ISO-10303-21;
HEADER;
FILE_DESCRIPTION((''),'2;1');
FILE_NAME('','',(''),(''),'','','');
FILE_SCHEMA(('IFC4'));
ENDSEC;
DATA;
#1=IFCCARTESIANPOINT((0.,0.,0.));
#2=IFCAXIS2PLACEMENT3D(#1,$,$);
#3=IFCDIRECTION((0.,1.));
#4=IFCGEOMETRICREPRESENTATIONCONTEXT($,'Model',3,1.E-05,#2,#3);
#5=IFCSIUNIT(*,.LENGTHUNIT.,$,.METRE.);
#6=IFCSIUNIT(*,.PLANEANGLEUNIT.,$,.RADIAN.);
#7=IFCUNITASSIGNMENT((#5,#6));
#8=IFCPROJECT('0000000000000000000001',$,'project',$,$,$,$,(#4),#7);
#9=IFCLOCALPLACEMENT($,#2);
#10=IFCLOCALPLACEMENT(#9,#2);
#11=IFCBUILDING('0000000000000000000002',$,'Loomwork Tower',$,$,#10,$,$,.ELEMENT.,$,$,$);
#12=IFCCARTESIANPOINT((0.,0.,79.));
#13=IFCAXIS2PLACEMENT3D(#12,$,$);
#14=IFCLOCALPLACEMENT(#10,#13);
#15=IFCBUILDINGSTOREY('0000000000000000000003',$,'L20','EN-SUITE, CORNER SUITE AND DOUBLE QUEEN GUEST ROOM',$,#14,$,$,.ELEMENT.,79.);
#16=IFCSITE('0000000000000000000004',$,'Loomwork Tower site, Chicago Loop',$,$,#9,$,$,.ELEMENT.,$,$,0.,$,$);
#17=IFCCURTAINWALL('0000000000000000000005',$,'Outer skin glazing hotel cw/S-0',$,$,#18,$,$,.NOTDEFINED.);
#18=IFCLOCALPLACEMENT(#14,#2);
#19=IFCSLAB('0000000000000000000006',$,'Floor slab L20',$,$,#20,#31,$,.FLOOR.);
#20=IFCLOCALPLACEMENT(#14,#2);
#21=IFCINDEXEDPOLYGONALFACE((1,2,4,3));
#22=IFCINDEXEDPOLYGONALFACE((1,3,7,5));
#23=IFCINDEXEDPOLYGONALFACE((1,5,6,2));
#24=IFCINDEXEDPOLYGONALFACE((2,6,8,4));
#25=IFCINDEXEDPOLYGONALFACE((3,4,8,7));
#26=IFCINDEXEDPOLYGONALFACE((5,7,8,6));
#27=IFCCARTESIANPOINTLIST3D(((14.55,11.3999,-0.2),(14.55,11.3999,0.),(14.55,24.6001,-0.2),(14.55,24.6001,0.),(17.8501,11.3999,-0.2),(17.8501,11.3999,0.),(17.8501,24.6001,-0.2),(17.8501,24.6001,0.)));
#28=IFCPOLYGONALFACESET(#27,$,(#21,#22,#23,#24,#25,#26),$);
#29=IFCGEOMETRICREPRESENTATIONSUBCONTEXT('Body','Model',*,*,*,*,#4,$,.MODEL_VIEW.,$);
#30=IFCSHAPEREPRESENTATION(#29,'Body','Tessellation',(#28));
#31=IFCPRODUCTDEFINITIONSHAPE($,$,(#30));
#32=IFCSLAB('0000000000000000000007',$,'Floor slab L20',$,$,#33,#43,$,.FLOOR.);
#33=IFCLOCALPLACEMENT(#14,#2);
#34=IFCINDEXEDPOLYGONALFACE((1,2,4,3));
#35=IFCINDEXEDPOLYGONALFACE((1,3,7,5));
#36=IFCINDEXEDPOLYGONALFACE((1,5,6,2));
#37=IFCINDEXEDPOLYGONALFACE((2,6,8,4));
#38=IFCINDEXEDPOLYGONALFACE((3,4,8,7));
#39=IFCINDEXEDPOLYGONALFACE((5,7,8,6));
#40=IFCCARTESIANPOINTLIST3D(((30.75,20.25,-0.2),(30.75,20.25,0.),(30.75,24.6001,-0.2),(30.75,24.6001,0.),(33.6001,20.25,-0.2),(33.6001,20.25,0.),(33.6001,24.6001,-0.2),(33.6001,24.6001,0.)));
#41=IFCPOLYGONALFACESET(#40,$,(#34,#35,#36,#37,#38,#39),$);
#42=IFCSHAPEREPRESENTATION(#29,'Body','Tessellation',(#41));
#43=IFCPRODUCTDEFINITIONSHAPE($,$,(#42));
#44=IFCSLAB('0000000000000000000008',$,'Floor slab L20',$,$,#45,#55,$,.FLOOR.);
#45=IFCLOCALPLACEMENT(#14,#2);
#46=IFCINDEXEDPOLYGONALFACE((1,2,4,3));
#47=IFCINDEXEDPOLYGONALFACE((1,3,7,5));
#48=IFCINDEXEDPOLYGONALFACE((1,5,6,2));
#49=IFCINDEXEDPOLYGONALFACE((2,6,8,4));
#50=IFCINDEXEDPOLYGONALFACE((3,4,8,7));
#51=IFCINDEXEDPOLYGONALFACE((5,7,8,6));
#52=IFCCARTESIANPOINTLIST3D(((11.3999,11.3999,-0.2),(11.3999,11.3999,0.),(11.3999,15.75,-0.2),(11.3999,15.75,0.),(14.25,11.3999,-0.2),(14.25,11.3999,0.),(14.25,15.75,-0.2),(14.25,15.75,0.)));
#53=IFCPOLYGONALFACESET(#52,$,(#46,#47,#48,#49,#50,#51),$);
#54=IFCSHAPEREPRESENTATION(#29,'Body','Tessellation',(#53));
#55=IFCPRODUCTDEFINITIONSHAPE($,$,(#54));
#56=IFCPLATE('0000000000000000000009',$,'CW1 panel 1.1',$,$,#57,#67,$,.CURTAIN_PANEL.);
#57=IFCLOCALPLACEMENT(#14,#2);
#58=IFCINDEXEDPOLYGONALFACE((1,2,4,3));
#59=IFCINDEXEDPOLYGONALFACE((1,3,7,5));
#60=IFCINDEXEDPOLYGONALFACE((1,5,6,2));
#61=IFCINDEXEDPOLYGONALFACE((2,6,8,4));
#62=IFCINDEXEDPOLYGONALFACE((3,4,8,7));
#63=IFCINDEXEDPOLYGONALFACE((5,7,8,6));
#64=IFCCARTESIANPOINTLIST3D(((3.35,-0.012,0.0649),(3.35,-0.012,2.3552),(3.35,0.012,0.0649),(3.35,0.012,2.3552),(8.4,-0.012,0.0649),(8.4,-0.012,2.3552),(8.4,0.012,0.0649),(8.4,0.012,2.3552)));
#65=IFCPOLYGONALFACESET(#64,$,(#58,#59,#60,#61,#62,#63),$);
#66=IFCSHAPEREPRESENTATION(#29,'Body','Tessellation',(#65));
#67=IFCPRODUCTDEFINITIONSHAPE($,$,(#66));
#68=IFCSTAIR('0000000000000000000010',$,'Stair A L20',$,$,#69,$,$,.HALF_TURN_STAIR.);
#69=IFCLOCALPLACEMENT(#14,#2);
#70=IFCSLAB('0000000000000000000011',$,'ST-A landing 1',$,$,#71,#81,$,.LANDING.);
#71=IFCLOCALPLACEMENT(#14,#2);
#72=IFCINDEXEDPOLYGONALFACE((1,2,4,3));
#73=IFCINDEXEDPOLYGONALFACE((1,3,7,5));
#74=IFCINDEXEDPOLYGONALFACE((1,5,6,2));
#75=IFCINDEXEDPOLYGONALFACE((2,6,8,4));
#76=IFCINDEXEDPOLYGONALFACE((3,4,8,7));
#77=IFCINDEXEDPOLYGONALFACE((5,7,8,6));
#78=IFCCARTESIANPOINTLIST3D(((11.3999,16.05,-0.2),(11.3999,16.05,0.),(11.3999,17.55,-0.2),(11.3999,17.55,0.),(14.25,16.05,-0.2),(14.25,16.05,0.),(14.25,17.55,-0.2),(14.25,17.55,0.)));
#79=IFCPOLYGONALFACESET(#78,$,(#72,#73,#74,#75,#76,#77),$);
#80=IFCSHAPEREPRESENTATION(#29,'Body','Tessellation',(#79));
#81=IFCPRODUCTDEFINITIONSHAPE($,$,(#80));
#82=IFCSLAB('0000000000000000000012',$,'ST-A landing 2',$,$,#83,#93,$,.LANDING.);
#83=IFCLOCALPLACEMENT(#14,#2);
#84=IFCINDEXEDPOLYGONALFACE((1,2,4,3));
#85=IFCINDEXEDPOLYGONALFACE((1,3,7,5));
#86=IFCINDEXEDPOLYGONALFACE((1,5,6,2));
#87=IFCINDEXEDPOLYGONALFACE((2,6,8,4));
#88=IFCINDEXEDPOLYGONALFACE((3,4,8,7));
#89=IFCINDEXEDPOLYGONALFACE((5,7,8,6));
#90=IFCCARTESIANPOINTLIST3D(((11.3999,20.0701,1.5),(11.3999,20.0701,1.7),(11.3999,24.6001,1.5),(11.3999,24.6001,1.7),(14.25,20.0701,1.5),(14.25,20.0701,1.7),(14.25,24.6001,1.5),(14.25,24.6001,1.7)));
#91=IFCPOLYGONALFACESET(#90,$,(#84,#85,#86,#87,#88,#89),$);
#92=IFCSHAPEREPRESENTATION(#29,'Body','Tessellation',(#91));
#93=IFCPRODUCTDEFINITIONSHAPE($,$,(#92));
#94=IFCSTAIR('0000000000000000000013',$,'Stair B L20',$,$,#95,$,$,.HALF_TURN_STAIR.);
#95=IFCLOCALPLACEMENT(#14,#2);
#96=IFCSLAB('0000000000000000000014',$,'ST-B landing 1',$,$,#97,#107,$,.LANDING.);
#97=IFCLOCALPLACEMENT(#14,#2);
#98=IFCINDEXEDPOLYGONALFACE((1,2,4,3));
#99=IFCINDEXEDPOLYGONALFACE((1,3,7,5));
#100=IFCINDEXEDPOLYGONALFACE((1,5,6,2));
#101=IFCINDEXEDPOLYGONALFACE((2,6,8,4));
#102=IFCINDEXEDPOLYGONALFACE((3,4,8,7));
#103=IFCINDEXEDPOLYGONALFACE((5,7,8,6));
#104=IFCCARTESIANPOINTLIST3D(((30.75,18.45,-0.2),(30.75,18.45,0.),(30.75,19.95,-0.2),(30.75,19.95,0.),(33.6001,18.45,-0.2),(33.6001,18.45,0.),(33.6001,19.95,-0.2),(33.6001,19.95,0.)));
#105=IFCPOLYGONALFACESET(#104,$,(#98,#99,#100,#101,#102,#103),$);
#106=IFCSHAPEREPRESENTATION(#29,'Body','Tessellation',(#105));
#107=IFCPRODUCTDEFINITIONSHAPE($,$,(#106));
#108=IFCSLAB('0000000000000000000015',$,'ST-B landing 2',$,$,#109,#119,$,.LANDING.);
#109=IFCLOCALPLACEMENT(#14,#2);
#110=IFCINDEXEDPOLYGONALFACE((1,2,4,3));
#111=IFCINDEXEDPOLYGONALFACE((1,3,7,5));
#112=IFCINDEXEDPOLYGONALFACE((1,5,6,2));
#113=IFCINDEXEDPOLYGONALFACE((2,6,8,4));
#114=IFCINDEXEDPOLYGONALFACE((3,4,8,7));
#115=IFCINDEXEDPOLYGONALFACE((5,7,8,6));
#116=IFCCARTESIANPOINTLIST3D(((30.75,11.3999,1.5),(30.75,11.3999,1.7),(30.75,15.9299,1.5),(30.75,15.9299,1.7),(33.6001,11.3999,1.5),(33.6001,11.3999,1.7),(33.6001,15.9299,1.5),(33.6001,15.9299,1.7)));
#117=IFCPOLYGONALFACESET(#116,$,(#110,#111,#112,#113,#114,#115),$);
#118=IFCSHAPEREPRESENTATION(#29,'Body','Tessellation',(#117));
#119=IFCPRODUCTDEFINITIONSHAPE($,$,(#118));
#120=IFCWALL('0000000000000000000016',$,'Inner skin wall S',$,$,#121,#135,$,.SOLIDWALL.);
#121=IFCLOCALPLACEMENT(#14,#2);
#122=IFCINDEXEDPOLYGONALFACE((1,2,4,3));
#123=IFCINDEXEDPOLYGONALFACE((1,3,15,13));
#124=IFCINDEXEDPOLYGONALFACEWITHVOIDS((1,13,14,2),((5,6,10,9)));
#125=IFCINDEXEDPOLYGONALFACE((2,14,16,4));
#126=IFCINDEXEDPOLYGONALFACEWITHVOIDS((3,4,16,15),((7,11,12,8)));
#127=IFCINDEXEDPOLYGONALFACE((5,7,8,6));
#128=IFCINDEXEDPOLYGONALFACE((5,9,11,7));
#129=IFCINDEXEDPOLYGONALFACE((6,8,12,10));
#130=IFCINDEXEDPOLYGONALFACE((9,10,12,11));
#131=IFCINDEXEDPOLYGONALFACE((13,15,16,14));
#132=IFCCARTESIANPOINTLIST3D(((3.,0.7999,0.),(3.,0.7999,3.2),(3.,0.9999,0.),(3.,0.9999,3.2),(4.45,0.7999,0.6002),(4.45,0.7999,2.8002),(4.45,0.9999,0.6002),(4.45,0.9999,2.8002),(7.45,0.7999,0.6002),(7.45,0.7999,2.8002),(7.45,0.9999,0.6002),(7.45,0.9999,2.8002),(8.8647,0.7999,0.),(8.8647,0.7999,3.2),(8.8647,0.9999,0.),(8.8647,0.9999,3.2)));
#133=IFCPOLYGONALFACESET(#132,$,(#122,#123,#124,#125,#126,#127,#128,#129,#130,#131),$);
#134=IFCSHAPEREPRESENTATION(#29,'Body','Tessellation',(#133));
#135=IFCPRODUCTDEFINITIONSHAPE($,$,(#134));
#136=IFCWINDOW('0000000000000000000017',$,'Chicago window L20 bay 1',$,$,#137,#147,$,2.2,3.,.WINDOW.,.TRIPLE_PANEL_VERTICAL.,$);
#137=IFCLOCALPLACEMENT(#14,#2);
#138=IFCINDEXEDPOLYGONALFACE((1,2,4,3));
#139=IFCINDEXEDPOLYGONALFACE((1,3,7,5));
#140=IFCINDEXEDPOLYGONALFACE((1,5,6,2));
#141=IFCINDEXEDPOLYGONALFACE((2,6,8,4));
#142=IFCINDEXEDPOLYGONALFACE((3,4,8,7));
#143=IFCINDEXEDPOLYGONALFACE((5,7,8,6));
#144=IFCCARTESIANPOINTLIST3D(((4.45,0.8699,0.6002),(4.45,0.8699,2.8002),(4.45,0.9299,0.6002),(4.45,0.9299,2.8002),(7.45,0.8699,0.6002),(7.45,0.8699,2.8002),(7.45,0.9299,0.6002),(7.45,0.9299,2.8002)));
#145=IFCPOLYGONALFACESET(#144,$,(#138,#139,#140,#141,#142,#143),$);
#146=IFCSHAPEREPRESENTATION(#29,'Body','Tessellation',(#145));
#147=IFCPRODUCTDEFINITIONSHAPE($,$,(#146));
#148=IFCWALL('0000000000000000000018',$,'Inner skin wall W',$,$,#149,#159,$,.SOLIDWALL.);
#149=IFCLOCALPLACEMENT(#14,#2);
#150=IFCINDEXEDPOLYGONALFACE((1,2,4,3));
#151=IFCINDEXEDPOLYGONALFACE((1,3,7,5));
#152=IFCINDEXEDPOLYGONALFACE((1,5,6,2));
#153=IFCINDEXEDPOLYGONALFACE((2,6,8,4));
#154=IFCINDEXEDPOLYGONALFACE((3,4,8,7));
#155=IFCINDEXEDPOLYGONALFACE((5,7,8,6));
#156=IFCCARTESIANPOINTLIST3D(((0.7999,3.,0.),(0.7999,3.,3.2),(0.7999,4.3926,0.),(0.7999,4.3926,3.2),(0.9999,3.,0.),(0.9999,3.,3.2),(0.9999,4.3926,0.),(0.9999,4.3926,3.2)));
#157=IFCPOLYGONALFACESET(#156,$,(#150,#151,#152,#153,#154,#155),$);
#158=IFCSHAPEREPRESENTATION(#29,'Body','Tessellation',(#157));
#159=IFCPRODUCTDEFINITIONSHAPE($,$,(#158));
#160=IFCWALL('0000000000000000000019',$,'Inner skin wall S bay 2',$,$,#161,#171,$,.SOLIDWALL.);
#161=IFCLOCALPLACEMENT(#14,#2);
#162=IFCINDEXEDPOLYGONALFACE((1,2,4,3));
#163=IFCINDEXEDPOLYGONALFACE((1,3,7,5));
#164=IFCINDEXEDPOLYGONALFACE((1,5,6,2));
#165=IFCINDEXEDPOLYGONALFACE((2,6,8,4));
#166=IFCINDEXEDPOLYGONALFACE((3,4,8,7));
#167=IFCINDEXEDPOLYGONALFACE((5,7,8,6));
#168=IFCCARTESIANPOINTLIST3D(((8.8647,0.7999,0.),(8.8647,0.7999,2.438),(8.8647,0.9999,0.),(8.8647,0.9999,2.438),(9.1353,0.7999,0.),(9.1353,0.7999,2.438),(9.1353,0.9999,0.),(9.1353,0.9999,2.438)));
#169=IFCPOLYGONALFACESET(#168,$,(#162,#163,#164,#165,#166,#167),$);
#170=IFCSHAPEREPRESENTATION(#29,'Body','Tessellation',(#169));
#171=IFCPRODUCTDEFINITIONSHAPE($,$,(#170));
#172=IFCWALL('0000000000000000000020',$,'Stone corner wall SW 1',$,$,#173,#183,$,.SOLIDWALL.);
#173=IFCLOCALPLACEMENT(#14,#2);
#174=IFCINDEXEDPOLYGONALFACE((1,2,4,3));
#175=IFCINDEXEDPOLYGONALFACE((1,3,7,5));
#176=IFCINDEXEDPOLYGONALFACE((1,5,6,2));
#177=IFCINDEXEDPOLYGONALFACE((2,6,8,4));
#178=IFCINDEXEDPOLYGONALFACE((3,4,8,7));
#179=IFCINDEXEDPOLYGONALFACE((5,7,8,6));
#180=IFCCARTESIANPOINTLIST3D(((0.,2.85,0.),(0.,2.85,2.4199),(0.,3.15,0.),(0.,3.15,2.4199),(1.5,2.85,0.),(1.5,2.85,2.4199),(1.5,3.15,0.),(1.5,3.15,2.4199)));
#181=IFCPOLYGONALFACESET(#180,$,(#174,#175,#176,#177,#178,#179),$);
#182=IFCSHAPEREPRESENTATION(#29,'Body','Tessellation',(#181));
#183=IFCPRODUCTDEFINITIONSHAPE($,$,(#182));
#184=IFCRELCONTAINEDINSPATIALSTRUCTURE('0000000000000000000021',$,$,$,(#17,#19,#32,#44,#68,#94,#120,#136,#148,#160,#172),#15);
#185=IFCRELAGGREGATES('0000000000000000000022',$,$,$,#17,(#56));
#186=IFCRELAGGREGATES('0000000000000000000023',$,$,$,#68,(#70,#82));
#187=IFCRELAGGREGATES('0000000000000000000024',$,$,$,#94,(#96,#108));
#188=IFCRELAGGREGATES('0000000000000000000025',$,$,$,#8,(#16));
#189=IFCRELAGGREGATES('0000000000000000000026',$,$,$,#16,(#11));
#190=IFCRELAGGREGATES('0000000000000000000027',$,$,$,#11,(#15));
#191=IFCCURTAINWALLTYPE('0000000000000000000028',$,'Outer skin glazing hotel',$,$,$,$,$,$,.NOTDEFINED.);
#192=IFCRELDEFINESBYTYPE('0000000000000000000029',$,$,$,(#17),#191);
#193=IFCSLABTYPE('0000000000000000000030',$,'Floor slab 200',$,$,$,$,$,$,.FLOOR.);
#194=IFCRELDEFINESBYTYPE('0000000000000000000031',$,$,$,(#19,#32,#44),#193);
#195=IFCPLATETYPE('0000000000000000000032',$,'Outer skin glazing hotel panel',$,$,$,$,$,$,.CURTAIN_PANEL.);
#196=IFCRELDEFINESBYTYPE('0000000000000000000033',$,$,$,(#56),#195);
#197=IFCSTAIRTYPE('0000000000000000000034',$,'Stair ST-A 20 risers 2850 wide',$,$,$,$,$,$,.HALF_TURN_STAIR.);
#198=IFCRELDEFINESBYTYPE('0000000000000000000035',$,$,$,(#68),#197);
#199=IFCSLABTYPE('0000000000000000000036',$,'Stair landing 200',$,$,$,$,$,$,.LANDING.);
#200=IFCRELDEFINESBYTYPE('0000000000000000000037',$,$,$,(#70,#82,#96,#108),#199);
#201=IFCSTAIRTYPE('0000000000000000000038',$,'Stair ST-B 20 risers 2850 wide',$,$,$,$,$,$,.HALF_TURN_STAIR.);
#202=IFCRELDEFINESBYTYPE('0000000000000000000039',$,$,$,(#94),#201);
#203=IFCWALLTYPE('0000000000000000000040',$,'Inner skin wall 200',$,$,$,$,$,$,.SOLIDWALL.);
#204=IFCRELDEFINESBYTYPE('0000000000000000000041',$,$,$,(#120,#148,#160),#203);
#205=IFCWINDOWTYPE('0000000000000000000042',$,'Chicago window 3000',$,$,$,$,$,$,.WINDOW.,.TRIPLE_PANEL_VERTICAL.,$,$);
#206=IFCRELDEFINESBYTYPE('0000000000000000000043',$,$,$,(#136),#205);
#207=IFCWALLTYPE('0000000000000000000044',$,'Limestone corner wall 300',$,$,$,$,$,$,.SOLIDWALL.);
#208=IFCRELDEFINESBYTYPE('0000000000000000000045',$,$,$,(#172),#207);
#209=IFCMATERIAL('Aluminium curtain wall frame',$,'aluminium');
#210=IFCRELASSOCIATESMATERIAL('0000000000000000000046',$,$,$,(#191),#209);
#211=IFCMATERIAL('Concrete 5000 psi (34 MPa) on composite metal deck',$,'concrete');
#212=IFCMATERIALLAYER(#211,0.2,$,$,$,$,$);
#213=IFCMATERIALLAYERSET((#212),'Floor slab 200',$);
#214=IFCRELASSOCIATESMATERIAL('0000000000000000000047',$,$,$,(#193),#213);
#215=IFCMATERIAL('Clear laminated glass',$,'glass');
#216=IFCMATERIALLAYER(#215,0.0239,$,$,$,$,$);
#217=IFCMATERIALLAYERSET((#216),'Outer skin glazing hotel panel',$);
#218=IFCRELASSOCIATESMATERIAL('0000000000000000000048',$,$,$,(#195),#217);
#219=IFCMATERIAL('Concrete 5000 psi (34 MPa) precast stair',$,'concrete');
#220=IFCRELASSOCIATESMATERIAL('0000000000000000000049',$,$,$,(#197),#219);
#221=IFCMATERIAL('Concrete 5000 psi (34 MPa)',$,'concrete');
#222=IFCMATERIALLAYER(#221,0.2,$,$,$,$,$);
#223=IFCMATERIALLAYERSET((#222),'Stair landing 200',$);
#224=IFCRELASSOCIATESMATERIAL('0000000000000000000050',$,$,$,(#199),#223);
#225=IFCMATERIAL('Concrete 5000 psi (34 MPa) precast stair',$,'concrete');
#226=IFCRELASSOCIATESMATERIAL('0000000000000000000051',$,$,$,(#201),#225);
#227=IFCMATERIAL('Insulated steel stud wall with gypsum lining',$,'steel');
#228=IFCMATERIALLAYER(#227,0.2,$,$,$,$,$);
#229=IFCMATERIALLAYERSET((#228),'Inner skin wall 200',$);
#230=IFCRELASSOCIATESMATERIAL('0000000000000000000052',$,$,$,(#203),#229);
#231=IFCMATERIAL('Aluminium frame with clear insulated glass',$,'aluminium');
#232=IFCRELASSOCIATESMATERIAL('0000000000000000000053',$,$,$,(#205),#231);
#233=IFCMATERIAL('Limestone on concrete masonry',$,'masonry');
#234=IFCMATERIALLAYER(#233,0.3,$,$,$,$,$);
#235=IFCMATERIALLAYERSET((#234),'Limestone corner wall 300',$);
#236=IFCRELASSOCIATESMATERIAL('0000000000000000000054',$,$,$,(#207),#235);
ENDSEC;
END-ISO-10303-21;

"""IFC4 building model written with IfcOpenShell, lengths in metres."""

from ifc_helpers import new_model, si_unit, direction, frame, frame_2d, origin, origin_2d, place, context, subcontext, project, spatial, polyline, rectangle, outline, extrude, material, layer, layer_set, type_object, element, fill, aggregate, save


model = new_model("IFC4")

# Units and contexts
model_context = context("Model", 3, precision=1e-05, world=origin(), true_north=direction((0.0, 1.0)))
body_context = subcontext(model_context, "Body", "Model", "MODEL_VIEW")
ifc_project = project(units=[si_unit("LENGTHUNIT", "METRE"), si_unit("PLANEANGLEUNIT", "RADIAN")], contexts=[model_context])

# Site, building, storey
site_placement = place(None, origin())
site = spatial("IfcSite", under=ifc_project, at=site_placement, Name="Loomwork Tower site, Chicago Loop", CompositionType="ELEMENT", RefElevation=0.0)
building_placement = place(site_placement, origin())
building = spatial("IfcBuilding", under=site, at=building_placement, Name="Loomwork Tower", CompositionType="ELEMENT")
storey_placement = place(building_placement, frame((0.0, 0.0, 79.0)))
storey = spatial("IfcBuildingStorey", under=building, at=storey_placement, Name="L20", Description="EN-SUITE, CORNER SUITE AND DOUBLE QUEEN GUEST ROOM", CompositionType="ELEMENT", Elevation=79.0)

# Curtain wall
ifc_material_1 = material(Name="Aluminium curtain wall frame", Category="aluminium")
curtain_wall_type = type_object("IfcCurtainWallType", Name="Outer skin glazing hotel", PredefinedType="NOTDEFINED", material=ifc_material_1)
curtain_wall_1_placement = place(storey_placement, origin())
curtain_wall_1 = element("IfcCurtainWall", 1, at=curtain_wall_1_placement, inside=storey, type_object=curtain_wall_type, Name="Outer skin glazing hotel cw/S-0", PredefinedType="NOTDEFINED")

# Slabs
ifc_material_2 = material(Name="Concrete 5000 psi (34 MPa) on composite metal deck", Category="concrete")
ifc_layer_1 = layer(ifc_material_2, 0.2)
ifc_layer_set_1 = layer_set([ifc_layer_1], Name="Floor slab 200")
slab_type_1 = type_object("IfcSlabType", Name="Floor slab 200", PredefinedType="FLOOR", material=ifc_layer_set_1)
slab_1_placement = place(storey_placement, frame((0.0, 0.0, -0.2)))
element("IfcSlab", 2, at=slab_1_placement, inside=storey, type_object=slab_type_1, Name="Floor slab L20", PredefinedType="FLOOR", context=body_context, shape_type="SweptSolid", body=[
    extrude(outline(polyline([(14.55, 11.3999), (14.55, 24.6001), (17.8501, 24.6001), (17.8501, 11.3999), (14.55, 11.3999)])), origin(), (0.0, 0.0, 1.0), 0.2),
])
slab_2_placement = place(storey_placement, frame((0.0, 0.0, -0.2)))
element("IfcSlab", 3, at=slab_2_placement, inside=storey, type_object=slab_type_1, Name="Floor slab L20", PredefinedType="FLOOR", context=body_context, shape_type="SweptSolid", body=[
    extrude(outline(polyline([(33.6001, 20.25), (30.75, 20.25), (30.75, 24.6001), (33.6001, 24.6001), (33.6001, 20.25)])), origin(), (0.0, 0.0, 1.0), 0.2),
])
slab_3_placement = place(storey_placement, frame((0.0, 0.0, -0.2)))
element("IfcSlab", 4, at=slab_3_placement, inside=storey, type_object=slab_type_1, Name="Floor slab L20", PredefinedType="FLOOR", context=body_context, shape_type="SweptSolid", body=[
    extrude(outline(polyline([(14.25, 15.75), (14.25, 11.3999), (11.3999, 11.3999), (11.3999, 15.75), (14.25, 15.75)])), origin(), (0.0, 0.0, 1.0), 0.2),
])

# Plate
ifc_material_3 = material(Name="Clear laminated glass", Category="glass")
ifc_layer_2 = layer(ifc_material_3, 0.0239)
ifc_layer_set_2 = layer_set([ifc_layer_2], Name="Outer skin glazing hotel panel")
plate_type = type_object("IfcPlateType", Name="Outer skin glazing hotel panel", PredefinedType="CURTAIN_PANEL", material=ifc_layer_set_2)
plate_placement = place(storey_placement, frame((5.875, 0.0, 0.0649), z_axis=(0.0, 0.0, 1.0), x_axis=(1.0, 0.0, 0.0)))
plate = element("IfcPlate", 5, at=plate_placement, type_object=plate_type, Name="CW1 panel 1.1", PredefinedType="CURTAIN_PANEL", context=body_context, shape_type="SweptSolid", body=[
    extrude(rectangle(XDim=5.05, YDim=0.0239, at=origin_2d()), origin(), (0.0, 0.0, 1.0), 2.2903),
])
aggregate(curtain_wall_1, [plate])

# Stairs, slabs
ifc_material_4 = material(Name="Concrete 5000 psi (34 MPa) precast stair", Category="concrete")
stair_type_1 = type_object("IfcStairType", Name="Stair ST-A 20 risers 2850 wide", PredefinedType="HALF_TURN_STAIR", material=ifc_material_4)
stair_1_placement = place(storey_placement, origin())
stair_1 = element("IfcStair", 6, at=stair_1_placement, inside=storey, type_object=stair_type_1, Name="Stair A L20", PredefinedType="HALF_TURN_STAIR")
ifc_material_5 = material(Name="Concrete 5000 psi (34 MPa)", Category="concrete")
ifc_layer_3 = layer(ifc_material_5, 0.2)
ifc_layer_set_3 = layer_set([ifc_layer_3], Name="Stair landing 200")
slab_type_2 = type_object("IfcSlabType", Name="Stair landing 200", PredefinedType="LANDING", material=ifc_layer_set_3)
slab_4_placement = place(storey_placement, frame((0.0, 0.0, -0.2)))
slab_4 = element("IfcSlab", 7, at=slab_4_placement, type_object=slab_type_2, Name="ST-A landing 1", PredefinedType="LANDING", context=body_context, shape_type="SweptSolid", body=[
    extrude(outline(polyline([(11.3999, 16.05), (14.25, 16.05), (14.25, 17.55), (11.3999, 17.55), (11.3999, 16.05)])), origin(), (0.0, 0.0, 1.0), 0.2),
])
slab_5_placement = place(storey_placement, frame((0.0, 0.0, 1.5)))
slab_5 = element("IfcSlab", 8, at=slab_5_placement, type_object=slab_type_2, Name="ST-A landing 2", PredefinedType="LANDING", context=body_context, shape_type="SweptSolid", body=[
    extrude(outline(polyline([(11.3999, 20.0701), (14.25, 20.0701), (14.25, 24.6001), (11.3999, 24.6001), (11.3999, 20.0701)])), origin(), (0.0, 0.0, 1.0), 0.2),
])
aggregate(stair_1, [slab_4, slab_5])
ifc_material_6 = material(Name="Concrete 5000 psi (34 MPa) precast stair", Category="concrete")
stair_type_2 = type_object("IfcStairType", Name="Stair ST-B 20 risers 2850 wide", PredefinedType="HALF_TURN_STAIR", material=ifc_material_6)
stair_2_placement = place(storey_placement, origin())
stair_2 = element("IfcStair", 9, at=stair_2_placement, inside=storey, type_object=stair_type_2, Name="Stair B L20", PredefinedType="HALF_TURN_STAIR")
slab_6_placement = place(storey_placement, frame((0.0, 0.0, -0.2)))
slab_6 = element("IfcSlab", 10, at=slab_6_placement, type_object=slab_type_2, Name="ST-B landing 1", PredefinedType="LANDING", context=body_context, shape_type="SweptSolid", body=[
    extrude(outline(polyline([(30.75, 18.45), (33.6001, 18.45), (33.6001, 19.95), (30.75, 19.95), (30.75, 18.45)])), origin(), (0.0, 0.0, 1.0), 0.2),
])
slab_7_placement = place(storey_placement, frame((0.0, 0.0, 1.5)))
slab_7 = element("IfcSlab", 11, at=slab_7_placement, type_object=slab_type_2, Name="ST-B landing 2", PredefinedType="LANDING", context=body_context, shape_type="SweptSolid", body=[
    extrude(outline(polyline([(30.75, 11.3999), (33.6001, 11.3999), (33.6001, 15.9299), (30.75, 15.9299), (30.75, 11.3999)])), origin(), (0.0, 0.0, 1.0), 0.2),
])
aggregate(stair_2, [slab_6, slab_7])

# Wall, opening, window
ifc_material_7 = material(Name="Insulated steel stud wall with gypsum lining", Category="steel")
ifc_layer_4 = layer(ifc_material_7, 0.2)
ifc_layer_set_4 = layer_set([ifc_layer_4], Name="Inner skin wall 200")
wall_type_1 = type_object("IfcWallType", Name="Inner skin wall 200", PredefinedType="SOLIDWALL", material=ifc_layer_set_4)
wall_1_placement = place(storey_placement, frame((3.0, 0.8999, 0.0), z_axis=(0.0, 0.0, 1.0), x_axis=(1.0, 0.0, 0.0)))
wall_1 = element("IfcWall", 12, at=wall_1_placement, inside=storey, type_object=wall_type_1, Name="Inner skin wall S", PredefinedType="SOLIDWALL", context=body_context, shape_type="SweptSolid", body=[
    extrude(rectangle(XDim=5.8647, YDim=0.2, at=frame_2d((2.9324, 0.0))), origin(), (0.0, 0.0, 1.0), 3.2),
])
opening_1_placement = place(wall_1_placement, frame((1.45, 0.0, 0.6001)))
opening_1 = element("IfcOpeningElement", 13, at=opening_1_placement, cuts=wall_1, PredefinedType="OPENING", context=body_context, shape_type="SweptSolid", body=[
    extrude(rectangle(XDim=3.0, YDim=2.2, at=frame_2d((1.5, 1.1001))), frame((0.0, 0.1099, 0.0), z_axis=(0.0, -1.0, 0.0), x_axis=(1.0, 0.0, 0.0)), (0.0, 0.0, 1.0), 0.22),
])
ifc_material_8 = material(Name="Aluminium frame with clear insulated glass", Category="aluminium")
window_type_1 = type_object("IfcWindowType", Name="Chicago window 3000", PartitioningType="TRIPLE_PANEL_VERTICAL", PredefinedType="WINDOW", material=ifc_material_8)
window_1_placement = place(opening_1_placement, origin())
window_1 = element("IfcWindow", 14, at=window_1_placement, inside=storey, type_object=window_type_1, Name="Chicago window L20 bay 1", OverallHeight=2.2, OverallWidth=3.0, PartitioningType="TRIPLE_PANEL_VERTICAL", PredefinedType="WINDOW", context=body_context, shape_type="SweptSolid", body=[
    extrude(rectangle(XDim=3.0, YDim=2.2, at=frame_2d((1.5, 1.1001))), frame((0.0, 0.03, 0.0), z_axis=(0.0, -1.0, 0.0), x_axis=(1.0, 0.0, 0.0)), (0.0, 0.0, 1.0), 0.0601),
])
fill(opening_1, window_1)

# Walls
wall_2_placement = place(storey_placement, frame((0.8999, 3.0, 0.0), z_axis=(0.0, 0.0, 1.0), x_axis=(0.0, 1.0, 0.0)))
element("IfcWall", 15, at=wall_2_placement, inside=storey, type_object=wall_type_1, Name="Inner skin wall W", PredefinedType="SOLIDWALL", context=body_context, shape_type="SweptSolid", body=[
    extrude(rectangle(XDim=1.3926, YDim=0.2, at=frame_2d((0.6963, 0.0))), origin(), (0.0, 0.0, 1.0), 3.2),
])
wall_3_placement = place(storey_placement, frame((8.8647, 0.8999, 0.0), z_axis=(0.0, 0.0, 1.0), x_axis=(1.0, 0.0, 0.0)))
element("IfcWall", 16, at=wall_3_placement, inside=storey, type_object=wall_type_1, Name="Inner skin wall S bay 2", PredefinedType="SOLIDWALL", context=body_context, shape_type="SweptSolid", body=[
    extrude(rectangle(XDim=0.2705, YDim=0.2, at=frame_2d((0.1353, 0.0))), origin(), (0.0, 0.0, 1.0), 2.438),
])
ifc_material_9 = material(Name="Limestone on concrete masonry", Category="masonry")
ifc_layer_5 = layer(ifc_material_9, 0.3)
ifc_layer_set_5 = layer_set([ifc_layer_5], Name="Limestone corner wall 300")
wall_type_2 = type_object("IfcWallType", Name="Limestone corner wall 300", PredefinedType="SOLIDWALL", material=ifc_layer_set_5)
wall_4_placement = place(storey_placement, frame((0.0, 3.0, 0.0), z_axis=(0.0, 0.0, 1.0), x_axis=(1.0, 0.0, 0.0)))
element("IfcWall", 17, at=wall_4_placement, inside=storey, type_object=wall_type_2, Name="Stone corner wall SW 1", PredefinedType="SOLIDWALL", context=body_context, shape_type="SweptSolid", body=[
    extrude(rectangle(XDim=1.5, YDim=0.3, at=frame_2d((0.75, 0.0))), origin(), (0.0, 0.0, 1.0), 2.4199),
])

save(model, "model.ifc")
